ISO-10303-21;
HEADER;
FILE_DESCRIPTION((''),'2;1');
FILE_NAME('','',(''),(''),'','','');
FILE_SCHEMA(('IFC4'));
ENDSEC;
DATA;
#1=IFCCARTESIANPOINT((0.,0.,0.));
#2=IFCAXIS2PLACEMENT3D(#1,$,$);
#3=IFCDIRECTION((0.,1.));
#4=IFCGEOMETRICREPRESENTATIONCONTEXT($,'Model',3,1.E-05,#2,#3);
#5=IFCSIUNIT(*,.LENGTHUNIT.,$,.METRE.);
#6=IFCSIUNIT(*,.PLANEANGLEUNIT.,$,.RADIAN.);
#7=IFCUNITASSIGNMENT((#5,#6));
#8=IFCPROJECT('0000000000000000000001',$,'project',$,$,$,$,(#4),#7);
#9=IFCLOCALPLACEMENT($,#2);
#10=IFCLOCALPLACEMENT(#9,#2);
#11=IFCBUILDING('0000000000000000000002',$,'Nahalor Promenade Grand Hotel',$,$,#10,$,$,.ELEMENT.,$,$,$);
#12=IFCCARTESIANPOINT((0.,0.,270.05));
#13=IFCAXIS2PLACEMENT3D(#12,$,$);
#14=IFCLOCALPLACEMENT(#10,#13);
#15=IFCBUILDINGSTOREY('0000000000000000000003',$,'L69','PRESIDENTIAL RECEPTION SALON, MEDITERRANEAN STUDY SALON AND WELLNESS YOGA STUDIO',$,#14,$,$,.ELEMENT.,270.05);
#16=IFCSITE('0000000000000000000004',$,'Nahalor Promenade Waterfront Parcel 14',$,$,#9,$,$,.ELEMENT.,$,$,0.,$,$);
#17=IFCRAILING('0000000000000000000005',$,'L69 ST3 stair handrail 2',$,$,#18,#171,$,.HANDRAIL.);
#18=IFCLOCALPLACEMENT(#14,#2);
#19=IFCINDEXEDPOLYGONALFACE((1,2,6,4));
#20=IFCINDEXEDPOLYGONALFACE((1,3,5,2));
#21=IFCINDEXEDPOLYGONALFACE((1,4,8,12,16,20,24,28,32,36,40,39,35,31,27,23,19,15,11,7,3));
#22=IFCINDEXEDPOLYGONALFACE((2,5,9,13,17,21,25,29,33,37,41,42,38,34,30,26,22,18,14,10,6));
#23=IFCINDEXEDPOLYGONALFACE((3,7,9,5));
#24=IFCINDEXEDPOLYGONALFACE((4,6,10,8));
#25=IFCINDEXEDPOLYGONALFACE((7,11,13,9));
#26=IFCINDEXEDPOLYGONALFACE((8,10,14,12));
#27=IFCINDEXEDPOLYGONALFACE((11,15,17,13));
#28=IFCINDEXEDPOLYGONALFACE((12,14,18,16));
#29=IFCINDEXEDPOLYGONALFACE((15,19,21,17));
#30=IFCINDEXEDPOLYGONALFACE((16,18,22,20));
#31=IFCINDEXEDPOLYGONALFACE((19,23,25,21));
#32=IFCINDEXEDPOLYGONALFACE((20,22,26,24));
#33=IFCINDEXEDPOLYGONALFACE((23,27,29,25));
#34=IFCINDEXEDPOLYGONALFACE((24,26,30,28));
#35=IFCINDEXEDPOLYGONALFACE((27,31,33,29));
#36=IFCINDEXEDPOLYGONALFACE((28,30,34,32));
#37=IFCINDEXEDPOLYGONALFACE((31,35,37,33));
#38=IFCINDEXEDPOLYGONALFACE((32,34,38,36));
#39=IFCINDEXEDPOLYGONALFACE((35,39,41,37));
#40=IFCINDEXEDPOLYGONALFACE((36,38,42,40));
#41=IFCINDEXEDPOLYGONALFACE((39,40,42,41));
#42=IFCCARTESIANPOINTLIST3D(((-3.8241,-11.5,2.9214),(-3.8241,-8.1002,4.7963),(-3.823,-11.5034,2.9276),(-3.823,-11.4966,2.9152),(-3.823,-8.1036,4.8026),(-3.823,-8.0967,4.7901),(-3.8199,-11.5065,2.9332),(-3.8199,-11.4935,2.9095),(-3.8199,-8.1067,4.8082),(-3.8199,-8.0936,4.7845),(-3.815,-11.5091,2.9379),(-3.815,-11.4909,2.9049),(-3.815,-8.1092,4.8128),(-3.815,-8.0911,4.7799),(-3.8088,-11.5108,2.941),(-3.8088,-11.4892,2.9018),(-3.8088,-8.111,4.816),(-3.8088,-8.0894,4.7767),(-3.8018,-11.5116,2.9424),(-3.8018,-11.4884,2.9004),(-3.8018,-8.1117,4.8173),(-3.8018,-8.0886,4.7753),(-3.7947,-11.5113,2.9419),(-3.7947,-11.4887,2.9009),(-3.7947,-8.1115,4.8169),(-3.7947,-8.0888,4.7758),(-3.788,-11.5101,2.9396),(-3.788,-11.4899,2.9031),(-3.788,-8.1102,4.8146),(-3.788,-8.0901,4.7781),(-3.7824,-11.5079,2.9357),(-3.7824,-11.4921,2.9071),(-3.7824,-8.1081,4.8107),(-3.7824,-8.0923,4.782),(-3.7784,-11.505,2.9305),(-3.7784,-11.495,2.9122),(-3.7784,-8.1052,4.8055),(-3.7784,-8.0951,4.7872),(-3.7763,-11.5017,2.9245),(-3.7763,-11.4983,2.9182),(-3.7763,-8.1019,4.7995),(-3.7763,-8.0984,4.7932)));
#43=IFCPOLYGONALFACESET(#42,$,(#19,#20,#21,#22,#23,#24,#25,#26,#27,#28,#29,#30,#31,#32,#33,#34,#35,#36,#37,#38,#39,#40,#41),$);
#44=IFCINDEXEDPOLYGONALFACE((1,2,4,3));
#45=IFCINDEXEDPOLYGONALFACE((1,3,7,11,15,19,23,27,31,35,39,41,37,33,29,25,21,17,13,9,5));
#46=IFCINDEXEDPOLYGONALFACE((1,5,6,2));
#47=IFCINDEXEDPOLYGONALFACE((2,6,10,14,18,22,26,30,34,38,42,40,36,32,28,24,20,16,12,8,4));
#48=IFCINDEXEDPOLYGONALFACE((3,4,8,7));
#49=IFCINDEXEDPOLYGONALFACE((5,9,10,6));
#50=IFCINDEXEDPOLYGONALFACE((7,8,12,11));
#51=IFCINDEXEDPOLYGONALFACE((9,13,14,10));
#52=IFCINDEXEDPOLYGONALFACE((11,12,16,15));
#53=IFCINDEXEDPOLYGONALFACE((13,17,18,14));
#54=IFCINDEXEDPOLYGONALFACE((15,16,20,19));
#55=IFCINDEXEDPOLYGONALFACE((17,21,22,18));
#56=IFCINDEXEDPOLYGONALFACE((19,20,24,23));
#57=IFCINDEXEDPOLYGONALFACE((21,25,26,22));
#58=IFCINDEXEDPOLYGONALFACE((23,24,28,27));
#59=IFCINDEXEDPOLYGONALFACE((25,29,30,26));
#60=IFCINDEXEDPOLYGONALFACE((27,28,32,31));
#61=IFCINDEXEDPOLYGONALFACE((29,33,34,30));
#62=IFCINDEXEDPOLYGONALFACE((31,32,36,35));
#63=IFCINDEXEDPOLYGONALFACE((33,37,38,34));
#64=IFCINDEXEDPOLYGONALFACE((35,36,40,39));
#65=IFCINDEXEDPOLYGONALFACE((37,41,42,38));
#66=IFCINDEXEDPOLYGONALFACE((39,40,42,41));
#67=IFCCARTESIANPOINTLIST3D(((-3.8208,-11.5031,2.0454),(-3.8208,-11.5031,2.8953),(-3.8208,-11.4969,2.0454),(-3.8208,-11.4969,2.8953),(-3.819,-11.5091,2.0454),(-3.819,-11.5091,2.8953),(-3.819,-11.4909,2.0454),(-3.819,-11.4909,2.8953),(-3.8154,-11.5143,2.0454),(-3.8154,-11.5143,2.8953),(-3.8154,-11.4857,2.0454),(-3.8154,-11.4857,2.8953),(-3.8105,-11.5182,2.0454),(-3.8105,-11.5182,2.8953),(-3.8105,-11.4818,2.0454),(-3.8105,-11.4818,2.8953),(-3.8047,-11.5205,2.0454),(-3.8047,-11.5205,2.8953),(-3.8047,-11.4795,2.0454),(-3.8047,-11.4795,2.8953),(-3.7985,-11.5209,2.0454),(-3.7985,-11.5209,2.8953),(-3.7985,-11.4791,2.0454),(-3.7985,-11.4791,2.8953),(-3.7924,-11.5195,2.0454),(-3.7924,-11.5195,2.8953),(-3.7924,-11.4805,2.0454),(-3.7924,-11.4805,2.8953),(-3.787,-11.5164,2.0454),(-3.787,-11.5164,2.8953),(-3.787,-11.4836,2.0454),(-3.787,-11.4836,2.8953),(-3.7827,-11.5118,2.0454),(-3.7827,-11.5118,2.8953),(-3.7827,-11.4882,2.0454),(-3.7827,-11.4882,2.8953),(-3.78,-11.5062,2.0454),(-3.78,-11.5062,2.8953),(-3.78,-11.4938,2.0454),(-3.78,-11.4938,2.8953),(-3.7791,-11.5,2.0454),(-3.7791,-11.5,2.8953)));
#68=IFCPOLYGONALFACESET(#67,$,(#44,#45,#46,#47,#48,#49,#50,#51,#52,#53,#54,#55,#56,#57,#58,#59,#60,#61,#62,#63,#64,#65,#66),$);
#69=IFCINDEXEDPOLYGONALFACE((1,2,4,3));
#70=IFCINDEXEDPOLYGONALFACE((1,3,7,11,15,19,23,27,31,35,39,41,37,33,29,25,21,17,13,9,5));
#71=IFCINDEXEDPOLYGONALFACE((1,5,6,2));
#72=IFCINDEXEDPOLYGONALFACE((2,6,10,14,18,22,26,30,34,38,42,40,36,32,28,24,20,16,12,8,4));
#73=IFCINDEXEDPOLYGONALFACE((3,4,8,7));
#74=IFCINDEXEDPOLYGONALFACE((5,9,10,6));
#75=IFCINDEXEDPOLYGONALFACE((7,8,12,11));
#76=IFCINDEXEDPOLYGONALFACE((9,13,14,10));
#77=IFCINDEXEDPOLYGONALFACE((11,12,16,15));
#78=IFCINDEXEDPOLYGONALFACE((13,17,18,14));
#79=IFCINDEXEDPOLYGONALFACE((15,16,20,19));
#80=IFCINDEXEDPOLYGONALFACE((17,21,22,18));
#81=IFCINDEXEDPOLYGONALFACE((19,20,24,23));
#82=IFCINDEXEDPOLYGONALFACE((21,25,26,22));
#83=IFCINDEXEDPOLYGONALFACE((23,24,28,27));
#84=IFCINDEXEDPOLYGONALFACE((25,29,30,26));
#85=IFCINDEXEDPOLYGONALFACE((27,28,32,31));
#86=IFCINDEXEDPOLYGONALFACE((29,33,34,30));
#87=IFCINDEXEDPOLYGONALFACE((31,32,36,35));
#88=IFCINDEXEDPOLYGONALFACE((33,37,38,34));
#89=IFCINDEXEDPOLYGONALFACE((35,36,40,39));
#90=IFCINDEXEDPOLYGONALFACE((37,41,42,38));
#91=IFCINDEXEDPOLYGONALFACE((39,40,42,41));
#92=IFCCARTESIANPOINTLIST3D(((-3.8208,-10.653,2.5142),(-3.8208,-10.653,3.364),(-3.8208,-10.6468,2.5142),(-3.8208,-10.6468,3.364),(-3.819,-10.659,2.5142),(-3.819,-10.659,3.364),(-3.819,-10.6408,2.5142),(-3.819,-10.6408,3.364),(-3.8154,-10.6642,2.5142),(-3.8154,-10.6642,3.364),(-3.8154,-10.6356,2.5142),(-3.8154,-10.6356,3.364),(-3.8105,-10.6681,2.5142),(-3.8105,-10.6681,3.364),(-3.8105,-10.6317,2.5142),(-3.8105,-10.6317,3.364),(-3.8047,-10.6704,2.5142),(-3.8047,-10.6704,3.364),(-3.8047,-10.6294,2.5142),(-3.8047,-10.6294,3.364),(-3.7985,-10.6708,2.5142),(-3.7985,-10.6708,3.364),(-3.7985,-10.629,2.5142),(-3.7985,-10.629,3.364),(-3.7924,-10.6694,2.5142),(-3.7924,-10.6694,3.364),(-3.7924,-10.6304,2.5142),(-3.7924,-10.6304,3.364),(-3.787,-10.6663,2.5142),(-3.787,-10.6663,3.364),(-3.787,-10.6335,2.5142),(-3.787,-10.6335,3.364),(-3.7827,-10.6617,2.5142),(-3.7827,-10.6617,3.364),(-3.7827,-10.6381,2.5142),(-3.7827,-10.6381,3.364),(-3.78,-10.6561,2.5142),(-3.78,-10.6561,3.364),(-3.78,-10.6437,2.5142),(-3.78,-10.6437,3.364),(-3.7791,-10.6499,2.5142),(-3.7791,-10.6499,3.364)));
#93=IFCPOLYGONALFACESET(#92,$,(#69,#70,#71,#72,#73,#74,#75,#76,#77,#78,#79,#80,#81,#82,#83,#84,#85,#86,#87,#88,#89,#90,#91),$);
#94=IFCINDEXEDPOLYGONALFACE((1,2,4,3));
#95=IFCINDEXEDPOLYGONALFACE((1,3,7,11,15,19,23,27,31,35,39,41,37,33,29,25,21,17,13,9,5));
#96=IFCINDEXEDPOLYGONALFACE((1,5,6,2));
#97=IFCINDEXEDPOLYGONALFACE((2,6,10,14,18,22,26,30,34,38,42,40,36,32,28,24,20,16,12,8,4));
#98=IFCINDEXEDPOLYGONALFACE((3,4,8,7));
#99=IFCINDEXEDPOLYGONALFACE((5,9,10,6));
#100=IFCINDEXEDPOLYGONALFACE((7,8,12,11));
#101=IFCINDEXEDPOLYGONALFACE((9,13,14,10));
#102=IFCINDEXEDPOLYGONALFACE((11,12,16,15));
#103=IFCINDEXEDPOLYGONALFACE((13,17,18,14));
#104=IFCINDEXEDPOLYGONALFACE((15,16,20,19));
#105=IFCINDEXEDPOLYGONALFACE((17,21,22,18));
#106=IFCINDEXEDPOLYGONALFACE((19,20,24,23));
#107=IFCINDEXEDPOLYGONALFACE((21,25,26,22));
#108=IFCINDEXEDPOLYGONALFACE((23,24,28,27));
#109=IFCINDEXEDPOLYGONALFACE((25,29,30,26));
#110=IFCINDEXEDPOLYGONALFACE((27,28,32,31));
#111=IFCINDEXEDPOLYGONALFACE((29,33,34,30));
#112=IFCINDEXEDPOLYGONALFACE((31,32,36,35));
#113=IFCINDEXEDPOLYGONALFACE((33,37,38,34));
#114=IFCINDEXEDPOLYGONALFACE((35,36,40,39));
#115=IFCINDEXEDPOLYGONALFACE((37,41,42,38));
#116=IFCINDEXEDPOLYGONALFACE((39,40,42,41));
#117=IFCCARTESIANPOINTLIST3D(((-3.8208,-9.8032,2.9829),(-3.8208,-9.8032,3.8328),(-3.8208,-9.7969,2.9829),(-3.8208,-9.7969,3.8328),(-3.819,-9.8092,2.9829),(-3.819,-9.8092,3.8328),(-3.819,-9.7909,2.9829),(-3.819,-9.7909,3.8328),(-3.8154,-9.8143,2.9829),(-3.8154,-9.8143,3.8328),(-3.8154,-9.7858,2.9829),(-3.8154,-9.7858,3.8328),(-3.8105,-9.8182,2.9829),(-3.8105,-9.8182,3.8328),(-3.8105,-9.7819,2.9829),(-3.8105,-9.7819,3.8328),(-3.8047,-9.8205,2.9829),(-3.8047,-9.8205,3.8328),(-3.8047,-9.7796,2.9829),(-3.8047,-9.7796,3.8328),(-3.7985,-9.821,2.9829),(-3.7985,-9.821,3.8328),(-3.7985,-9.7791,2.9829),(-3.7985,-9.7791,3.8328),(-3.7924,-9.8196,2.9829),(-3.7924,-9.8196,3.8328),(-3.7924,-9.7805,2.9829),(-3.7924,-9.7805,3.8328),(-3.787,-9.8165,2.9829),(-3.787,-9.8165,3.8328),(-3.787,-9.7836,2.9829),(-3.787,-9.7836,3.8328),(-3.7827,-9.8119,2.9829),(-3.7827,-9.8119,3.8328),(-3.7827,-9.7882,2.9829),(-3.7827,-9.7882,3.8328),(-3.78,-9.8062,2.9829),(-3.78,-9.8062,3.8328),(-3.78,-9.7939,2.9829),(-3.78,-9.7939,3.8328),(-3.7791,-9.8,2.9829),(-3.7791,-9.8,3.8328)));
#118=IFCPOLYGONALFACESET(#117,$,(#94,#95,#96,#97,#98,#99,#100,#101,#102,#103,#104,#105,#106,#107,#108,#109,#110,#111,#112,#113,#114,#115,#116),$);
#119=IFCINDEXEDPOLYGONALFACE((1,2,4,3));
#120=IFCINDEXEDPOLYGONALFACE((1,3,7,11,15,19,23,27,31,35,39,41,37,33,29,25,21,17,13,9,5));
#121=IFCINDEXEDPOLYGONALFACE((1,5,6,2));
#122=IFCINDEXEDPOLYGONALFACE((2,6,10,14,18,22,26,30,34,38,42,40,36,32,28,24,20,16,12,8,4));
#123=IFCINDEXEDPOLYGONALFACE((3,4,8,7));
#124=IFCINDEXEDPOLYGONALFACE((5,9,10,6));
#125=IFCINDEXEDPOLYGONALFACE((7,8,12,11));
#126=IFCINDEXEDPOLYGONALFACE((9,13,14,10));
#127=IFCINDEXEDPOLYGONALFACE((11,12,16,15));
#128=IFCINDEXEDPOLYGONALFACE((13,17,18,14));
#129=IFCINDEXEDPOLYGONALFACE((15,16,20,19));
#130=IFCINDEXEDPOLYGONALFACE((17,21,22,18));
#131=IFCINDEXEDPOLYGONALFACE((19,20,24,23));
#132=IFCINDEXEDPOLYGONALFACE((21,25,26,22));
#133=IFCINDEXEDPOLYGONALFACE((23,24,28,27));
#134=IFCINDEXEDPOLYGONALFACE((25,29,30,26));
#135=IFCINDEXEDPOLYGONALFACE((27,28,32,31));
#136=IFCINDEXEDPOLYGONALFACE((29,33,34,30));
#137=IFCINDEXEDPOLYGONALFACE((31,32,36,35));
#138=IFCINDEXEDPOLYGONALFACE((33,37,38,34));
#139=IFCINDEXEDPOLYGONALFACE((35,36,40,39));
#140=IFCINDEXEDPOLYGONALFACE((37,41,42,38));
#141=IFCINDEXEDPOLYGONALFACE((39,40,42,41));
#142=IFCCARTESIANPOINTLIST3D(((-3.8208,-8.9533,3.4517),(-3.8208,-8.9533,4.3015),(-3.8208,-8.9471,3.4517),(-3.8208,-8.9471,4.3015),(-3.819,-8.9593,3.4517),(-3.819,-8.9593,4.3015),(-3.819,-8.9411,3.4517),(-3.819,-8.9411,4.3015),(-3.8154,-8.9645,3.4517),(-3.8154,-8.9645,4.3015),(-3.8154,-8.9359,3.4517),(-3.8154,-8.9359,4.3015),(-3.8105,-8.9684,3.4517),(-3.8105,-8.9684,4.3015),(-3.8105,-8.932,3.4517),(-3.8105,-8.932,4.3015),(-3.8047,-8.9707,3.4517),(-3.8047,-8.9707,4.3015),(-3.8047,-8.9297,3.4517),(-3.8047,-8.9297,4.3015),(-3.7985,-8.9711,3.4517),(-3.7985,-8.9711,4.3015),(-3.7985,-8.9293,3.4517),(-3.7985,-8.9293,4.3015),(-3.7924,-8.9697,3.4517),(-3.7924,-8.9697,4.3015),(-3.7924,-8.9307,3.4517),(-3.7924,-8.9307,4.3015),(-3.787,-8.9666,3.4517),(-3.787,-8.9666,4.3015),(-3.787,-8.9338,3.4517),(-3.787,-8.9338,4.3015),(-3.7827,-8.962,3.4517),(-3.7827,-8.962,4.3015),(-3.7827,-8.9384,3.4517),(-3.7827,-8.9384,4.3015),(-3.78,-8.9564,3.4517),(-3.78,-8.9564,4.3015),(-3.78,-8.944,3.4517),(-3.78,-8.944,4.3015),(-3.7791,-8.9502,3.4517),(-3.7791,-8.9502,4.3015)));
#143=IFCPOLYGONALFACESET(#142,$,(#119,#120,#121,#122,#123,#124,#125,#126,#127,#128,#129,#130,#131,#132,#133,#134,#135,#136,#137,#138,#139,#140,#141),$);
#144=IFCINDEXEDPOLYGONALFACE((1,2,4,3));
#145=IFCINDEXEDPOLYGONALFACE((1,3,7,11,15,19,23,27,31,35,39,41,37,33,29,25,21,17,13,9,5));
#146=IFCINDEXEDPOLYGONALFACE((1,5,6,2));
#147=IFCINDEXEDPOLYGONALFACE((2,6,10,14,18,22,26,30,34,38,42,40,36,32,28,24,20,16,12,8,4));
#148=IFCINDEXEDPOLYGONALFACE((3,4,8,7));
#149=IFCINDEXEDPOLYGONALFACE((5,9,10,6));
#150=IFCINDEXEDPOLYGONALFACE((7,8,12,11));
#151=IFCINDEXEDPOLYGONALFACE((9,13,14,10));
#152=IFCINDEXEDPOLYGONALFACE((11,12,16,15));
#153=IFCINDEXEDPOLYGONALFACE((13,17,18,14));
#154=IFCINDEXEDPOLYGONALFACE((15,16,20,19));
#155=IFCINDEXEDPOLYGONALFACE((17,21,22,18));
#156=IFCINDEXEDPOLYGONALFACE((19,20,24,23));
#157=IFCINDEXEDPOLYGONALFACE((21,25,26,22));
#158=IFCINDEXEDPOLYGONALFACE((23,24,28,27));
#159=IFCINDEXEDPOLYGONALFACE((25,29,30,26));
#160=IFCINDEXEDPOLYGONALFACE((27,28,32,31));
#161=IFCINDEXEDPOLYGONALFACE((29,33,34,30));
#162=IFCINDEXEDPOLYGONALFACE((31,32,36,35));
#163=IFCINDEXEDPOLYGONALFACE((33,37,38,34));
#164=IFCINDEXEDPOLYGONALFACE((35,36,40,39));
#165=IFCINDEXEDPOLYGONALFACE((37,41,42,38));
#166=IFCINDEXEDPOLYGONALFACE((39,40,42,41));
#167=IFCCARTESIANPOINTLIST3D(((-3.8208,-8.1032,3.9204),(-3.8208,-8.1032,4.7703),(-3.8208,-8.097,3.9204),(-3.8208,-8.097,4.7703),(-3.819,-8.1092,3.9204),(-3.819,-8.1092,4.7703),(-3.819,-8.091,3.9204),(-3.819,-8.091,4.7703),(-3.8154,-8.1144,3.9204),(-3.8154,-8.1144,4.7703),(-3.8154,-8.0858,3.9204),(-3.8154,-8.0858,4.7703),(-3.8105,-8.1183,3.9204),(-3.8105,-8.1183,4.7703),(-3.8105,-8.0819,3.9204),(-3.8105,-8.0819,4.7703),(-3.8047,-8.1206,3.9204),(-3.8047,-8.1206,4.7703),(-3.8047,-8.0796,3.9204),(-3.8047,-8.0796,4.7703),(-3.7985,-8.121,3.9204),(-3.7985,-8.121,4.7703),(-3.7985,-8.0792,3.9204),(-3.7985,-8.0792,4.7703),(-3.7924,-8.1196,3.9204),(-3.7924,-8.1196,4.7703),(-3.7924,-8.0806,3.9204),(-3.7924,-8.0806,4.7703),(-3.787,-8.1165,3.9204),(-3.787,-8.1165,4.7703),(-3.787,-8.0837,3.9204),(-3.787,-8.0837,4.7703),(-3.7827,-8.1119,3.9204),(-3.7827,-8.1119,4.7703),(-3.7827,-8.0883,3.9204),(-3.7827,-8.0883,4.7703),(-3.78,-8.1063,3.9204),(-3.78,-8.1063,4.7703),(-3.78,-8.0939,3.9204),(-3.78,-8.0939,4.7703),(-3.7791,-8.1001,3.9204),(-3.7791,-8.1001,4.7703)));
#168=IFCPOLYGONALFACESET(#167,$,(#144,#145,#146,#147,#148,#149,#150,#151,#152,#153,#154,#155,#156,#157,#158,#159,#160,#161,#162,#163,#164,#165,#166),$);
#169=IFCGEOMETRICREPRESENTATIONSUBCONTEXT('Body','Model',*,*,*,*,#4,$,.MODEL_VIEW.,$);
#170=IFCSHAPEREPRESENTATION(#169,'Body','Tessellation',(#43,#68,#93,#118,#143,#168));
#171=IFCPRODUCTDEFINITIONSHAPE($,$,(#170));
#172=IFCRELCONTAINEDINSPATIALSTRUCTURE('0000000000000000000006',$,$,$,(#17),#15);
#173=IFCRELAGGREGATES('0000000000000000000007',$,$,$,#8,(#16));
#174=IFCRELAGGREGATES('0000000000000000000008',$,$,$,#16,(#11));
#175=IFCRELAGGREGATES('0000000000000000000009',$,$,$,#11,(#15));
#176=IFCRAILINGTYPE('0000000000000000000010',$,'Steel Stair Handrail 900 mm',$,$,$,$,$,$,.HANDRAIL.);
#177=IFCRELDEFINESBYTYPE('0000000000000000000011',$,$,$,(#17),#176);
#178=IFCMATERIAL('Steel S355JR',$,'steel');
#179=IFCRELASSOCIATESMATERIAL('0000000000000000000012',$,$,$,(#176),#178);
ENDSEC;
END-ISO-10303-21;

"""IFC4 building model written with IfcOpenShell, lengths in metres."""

from ifc_helpers import new_model, si_unit, direction, frame, origin, origin_2d, place, context, subcontext, project, spatial, circle, extrude, material, type_object, element, save


model = new_model("IFC4")

# Units and contexts
model_context = context("Model", 3, precision=1e-05, world=origin(), true_north=direction((0.0, 1.0)))
body_context = subcontext(model_context, "Body", "Model", "MODEL_VIEW")
ifc_project = project(units=[si_unit("LENGTHUNIT", "METRE"), si_unit("PLANEANGLEUNIT", "RADIAN")], contexts=[model_context])

# Site, building, storey
site_placement = place(None, origin())
site = spatial("IfcSite", under=ifc_project, at=site_placement, Name="Nahalor Promenade Waterfront Parcel 14", CompositionType="ELEMENT", RefElevation=0.0)
building_placement = place(site_placement, origin())
building = spatial("IfcBuilding", under=site, at=building_placement, Name="Nahalor Promenade Grand Hotel", CompositionType="ELEMENT")
storey_placement = place(building_placement, frame((0.0, 0.0, 270.05)))
storey = spatial("IfcBuildingStorey", under=building, at=storey_placement, Name="L69", Description="PRESIDENTIAL RECEPTION SALON, MEDITERRANEAN STUDY SALON AND WELLNESS YOGA STUDIO", CompositionType="ELEMENT", Elevation=270.05)

# Shared definitions
ifc_material_1 = material(Name="Steel S355JR", Category="steel")

# Railing
railing_type_1 = type_object("IfcRailingType", Name="Steel Stair Handrail 900 mm", PredefinedType="HANDRAIL", material=ifc_material_1)
railing_1_placement = place(storey_placement, frame((-3.8, -11.5, 2.0454)))
element("IfcRailing", 1, at=railing_1_placement, inside=storey, type_object=railing_type_1, Name="L69 ST3 stair handrail 2", PredefinedType="HANDRAIL", context=body_context, shape_type="SweptSolid", body=[
    extrude(circle(Radius=0.024, at=origin_2d()), frame((0.0, 0.0, 0.876), z_axis=(0.0, 0.875666, 0.482918), x_axis=(-1.0, 0.0, 0.0)), (0.0, 0.0, 1.0), 3.8826),
    extrude(circle(Radius=0.021, at=origin_2d()), origin(), (0.0, 0.0, 1.0), 0.8499),
    extrude(circle(Radius=0.021, at=origin_2d()), frame((0.0, 0.8501, 0.4688)), (0.0, 0.0, 1.0), 0.8499),
    extrude(circle(Radius=0.021, at=origin_2d()), frame((0.0, 1.7, 0.9375)), (0.0, 0.0, 1.0), 0.8499),
    extrude(circle(Radius=0.021, at=origin_2d()), frame((0.0, 2.5498, 1.4062)), (0.0, 0.0, 1.0), 0.8499),
    extrude(circle(Radius=0.021, at=origin_2d()), frame((0.0, 3.3999, 1.875)), (0.0, 0.0, 1.0), 0.8499),
])

save(model, "model.ifc")
